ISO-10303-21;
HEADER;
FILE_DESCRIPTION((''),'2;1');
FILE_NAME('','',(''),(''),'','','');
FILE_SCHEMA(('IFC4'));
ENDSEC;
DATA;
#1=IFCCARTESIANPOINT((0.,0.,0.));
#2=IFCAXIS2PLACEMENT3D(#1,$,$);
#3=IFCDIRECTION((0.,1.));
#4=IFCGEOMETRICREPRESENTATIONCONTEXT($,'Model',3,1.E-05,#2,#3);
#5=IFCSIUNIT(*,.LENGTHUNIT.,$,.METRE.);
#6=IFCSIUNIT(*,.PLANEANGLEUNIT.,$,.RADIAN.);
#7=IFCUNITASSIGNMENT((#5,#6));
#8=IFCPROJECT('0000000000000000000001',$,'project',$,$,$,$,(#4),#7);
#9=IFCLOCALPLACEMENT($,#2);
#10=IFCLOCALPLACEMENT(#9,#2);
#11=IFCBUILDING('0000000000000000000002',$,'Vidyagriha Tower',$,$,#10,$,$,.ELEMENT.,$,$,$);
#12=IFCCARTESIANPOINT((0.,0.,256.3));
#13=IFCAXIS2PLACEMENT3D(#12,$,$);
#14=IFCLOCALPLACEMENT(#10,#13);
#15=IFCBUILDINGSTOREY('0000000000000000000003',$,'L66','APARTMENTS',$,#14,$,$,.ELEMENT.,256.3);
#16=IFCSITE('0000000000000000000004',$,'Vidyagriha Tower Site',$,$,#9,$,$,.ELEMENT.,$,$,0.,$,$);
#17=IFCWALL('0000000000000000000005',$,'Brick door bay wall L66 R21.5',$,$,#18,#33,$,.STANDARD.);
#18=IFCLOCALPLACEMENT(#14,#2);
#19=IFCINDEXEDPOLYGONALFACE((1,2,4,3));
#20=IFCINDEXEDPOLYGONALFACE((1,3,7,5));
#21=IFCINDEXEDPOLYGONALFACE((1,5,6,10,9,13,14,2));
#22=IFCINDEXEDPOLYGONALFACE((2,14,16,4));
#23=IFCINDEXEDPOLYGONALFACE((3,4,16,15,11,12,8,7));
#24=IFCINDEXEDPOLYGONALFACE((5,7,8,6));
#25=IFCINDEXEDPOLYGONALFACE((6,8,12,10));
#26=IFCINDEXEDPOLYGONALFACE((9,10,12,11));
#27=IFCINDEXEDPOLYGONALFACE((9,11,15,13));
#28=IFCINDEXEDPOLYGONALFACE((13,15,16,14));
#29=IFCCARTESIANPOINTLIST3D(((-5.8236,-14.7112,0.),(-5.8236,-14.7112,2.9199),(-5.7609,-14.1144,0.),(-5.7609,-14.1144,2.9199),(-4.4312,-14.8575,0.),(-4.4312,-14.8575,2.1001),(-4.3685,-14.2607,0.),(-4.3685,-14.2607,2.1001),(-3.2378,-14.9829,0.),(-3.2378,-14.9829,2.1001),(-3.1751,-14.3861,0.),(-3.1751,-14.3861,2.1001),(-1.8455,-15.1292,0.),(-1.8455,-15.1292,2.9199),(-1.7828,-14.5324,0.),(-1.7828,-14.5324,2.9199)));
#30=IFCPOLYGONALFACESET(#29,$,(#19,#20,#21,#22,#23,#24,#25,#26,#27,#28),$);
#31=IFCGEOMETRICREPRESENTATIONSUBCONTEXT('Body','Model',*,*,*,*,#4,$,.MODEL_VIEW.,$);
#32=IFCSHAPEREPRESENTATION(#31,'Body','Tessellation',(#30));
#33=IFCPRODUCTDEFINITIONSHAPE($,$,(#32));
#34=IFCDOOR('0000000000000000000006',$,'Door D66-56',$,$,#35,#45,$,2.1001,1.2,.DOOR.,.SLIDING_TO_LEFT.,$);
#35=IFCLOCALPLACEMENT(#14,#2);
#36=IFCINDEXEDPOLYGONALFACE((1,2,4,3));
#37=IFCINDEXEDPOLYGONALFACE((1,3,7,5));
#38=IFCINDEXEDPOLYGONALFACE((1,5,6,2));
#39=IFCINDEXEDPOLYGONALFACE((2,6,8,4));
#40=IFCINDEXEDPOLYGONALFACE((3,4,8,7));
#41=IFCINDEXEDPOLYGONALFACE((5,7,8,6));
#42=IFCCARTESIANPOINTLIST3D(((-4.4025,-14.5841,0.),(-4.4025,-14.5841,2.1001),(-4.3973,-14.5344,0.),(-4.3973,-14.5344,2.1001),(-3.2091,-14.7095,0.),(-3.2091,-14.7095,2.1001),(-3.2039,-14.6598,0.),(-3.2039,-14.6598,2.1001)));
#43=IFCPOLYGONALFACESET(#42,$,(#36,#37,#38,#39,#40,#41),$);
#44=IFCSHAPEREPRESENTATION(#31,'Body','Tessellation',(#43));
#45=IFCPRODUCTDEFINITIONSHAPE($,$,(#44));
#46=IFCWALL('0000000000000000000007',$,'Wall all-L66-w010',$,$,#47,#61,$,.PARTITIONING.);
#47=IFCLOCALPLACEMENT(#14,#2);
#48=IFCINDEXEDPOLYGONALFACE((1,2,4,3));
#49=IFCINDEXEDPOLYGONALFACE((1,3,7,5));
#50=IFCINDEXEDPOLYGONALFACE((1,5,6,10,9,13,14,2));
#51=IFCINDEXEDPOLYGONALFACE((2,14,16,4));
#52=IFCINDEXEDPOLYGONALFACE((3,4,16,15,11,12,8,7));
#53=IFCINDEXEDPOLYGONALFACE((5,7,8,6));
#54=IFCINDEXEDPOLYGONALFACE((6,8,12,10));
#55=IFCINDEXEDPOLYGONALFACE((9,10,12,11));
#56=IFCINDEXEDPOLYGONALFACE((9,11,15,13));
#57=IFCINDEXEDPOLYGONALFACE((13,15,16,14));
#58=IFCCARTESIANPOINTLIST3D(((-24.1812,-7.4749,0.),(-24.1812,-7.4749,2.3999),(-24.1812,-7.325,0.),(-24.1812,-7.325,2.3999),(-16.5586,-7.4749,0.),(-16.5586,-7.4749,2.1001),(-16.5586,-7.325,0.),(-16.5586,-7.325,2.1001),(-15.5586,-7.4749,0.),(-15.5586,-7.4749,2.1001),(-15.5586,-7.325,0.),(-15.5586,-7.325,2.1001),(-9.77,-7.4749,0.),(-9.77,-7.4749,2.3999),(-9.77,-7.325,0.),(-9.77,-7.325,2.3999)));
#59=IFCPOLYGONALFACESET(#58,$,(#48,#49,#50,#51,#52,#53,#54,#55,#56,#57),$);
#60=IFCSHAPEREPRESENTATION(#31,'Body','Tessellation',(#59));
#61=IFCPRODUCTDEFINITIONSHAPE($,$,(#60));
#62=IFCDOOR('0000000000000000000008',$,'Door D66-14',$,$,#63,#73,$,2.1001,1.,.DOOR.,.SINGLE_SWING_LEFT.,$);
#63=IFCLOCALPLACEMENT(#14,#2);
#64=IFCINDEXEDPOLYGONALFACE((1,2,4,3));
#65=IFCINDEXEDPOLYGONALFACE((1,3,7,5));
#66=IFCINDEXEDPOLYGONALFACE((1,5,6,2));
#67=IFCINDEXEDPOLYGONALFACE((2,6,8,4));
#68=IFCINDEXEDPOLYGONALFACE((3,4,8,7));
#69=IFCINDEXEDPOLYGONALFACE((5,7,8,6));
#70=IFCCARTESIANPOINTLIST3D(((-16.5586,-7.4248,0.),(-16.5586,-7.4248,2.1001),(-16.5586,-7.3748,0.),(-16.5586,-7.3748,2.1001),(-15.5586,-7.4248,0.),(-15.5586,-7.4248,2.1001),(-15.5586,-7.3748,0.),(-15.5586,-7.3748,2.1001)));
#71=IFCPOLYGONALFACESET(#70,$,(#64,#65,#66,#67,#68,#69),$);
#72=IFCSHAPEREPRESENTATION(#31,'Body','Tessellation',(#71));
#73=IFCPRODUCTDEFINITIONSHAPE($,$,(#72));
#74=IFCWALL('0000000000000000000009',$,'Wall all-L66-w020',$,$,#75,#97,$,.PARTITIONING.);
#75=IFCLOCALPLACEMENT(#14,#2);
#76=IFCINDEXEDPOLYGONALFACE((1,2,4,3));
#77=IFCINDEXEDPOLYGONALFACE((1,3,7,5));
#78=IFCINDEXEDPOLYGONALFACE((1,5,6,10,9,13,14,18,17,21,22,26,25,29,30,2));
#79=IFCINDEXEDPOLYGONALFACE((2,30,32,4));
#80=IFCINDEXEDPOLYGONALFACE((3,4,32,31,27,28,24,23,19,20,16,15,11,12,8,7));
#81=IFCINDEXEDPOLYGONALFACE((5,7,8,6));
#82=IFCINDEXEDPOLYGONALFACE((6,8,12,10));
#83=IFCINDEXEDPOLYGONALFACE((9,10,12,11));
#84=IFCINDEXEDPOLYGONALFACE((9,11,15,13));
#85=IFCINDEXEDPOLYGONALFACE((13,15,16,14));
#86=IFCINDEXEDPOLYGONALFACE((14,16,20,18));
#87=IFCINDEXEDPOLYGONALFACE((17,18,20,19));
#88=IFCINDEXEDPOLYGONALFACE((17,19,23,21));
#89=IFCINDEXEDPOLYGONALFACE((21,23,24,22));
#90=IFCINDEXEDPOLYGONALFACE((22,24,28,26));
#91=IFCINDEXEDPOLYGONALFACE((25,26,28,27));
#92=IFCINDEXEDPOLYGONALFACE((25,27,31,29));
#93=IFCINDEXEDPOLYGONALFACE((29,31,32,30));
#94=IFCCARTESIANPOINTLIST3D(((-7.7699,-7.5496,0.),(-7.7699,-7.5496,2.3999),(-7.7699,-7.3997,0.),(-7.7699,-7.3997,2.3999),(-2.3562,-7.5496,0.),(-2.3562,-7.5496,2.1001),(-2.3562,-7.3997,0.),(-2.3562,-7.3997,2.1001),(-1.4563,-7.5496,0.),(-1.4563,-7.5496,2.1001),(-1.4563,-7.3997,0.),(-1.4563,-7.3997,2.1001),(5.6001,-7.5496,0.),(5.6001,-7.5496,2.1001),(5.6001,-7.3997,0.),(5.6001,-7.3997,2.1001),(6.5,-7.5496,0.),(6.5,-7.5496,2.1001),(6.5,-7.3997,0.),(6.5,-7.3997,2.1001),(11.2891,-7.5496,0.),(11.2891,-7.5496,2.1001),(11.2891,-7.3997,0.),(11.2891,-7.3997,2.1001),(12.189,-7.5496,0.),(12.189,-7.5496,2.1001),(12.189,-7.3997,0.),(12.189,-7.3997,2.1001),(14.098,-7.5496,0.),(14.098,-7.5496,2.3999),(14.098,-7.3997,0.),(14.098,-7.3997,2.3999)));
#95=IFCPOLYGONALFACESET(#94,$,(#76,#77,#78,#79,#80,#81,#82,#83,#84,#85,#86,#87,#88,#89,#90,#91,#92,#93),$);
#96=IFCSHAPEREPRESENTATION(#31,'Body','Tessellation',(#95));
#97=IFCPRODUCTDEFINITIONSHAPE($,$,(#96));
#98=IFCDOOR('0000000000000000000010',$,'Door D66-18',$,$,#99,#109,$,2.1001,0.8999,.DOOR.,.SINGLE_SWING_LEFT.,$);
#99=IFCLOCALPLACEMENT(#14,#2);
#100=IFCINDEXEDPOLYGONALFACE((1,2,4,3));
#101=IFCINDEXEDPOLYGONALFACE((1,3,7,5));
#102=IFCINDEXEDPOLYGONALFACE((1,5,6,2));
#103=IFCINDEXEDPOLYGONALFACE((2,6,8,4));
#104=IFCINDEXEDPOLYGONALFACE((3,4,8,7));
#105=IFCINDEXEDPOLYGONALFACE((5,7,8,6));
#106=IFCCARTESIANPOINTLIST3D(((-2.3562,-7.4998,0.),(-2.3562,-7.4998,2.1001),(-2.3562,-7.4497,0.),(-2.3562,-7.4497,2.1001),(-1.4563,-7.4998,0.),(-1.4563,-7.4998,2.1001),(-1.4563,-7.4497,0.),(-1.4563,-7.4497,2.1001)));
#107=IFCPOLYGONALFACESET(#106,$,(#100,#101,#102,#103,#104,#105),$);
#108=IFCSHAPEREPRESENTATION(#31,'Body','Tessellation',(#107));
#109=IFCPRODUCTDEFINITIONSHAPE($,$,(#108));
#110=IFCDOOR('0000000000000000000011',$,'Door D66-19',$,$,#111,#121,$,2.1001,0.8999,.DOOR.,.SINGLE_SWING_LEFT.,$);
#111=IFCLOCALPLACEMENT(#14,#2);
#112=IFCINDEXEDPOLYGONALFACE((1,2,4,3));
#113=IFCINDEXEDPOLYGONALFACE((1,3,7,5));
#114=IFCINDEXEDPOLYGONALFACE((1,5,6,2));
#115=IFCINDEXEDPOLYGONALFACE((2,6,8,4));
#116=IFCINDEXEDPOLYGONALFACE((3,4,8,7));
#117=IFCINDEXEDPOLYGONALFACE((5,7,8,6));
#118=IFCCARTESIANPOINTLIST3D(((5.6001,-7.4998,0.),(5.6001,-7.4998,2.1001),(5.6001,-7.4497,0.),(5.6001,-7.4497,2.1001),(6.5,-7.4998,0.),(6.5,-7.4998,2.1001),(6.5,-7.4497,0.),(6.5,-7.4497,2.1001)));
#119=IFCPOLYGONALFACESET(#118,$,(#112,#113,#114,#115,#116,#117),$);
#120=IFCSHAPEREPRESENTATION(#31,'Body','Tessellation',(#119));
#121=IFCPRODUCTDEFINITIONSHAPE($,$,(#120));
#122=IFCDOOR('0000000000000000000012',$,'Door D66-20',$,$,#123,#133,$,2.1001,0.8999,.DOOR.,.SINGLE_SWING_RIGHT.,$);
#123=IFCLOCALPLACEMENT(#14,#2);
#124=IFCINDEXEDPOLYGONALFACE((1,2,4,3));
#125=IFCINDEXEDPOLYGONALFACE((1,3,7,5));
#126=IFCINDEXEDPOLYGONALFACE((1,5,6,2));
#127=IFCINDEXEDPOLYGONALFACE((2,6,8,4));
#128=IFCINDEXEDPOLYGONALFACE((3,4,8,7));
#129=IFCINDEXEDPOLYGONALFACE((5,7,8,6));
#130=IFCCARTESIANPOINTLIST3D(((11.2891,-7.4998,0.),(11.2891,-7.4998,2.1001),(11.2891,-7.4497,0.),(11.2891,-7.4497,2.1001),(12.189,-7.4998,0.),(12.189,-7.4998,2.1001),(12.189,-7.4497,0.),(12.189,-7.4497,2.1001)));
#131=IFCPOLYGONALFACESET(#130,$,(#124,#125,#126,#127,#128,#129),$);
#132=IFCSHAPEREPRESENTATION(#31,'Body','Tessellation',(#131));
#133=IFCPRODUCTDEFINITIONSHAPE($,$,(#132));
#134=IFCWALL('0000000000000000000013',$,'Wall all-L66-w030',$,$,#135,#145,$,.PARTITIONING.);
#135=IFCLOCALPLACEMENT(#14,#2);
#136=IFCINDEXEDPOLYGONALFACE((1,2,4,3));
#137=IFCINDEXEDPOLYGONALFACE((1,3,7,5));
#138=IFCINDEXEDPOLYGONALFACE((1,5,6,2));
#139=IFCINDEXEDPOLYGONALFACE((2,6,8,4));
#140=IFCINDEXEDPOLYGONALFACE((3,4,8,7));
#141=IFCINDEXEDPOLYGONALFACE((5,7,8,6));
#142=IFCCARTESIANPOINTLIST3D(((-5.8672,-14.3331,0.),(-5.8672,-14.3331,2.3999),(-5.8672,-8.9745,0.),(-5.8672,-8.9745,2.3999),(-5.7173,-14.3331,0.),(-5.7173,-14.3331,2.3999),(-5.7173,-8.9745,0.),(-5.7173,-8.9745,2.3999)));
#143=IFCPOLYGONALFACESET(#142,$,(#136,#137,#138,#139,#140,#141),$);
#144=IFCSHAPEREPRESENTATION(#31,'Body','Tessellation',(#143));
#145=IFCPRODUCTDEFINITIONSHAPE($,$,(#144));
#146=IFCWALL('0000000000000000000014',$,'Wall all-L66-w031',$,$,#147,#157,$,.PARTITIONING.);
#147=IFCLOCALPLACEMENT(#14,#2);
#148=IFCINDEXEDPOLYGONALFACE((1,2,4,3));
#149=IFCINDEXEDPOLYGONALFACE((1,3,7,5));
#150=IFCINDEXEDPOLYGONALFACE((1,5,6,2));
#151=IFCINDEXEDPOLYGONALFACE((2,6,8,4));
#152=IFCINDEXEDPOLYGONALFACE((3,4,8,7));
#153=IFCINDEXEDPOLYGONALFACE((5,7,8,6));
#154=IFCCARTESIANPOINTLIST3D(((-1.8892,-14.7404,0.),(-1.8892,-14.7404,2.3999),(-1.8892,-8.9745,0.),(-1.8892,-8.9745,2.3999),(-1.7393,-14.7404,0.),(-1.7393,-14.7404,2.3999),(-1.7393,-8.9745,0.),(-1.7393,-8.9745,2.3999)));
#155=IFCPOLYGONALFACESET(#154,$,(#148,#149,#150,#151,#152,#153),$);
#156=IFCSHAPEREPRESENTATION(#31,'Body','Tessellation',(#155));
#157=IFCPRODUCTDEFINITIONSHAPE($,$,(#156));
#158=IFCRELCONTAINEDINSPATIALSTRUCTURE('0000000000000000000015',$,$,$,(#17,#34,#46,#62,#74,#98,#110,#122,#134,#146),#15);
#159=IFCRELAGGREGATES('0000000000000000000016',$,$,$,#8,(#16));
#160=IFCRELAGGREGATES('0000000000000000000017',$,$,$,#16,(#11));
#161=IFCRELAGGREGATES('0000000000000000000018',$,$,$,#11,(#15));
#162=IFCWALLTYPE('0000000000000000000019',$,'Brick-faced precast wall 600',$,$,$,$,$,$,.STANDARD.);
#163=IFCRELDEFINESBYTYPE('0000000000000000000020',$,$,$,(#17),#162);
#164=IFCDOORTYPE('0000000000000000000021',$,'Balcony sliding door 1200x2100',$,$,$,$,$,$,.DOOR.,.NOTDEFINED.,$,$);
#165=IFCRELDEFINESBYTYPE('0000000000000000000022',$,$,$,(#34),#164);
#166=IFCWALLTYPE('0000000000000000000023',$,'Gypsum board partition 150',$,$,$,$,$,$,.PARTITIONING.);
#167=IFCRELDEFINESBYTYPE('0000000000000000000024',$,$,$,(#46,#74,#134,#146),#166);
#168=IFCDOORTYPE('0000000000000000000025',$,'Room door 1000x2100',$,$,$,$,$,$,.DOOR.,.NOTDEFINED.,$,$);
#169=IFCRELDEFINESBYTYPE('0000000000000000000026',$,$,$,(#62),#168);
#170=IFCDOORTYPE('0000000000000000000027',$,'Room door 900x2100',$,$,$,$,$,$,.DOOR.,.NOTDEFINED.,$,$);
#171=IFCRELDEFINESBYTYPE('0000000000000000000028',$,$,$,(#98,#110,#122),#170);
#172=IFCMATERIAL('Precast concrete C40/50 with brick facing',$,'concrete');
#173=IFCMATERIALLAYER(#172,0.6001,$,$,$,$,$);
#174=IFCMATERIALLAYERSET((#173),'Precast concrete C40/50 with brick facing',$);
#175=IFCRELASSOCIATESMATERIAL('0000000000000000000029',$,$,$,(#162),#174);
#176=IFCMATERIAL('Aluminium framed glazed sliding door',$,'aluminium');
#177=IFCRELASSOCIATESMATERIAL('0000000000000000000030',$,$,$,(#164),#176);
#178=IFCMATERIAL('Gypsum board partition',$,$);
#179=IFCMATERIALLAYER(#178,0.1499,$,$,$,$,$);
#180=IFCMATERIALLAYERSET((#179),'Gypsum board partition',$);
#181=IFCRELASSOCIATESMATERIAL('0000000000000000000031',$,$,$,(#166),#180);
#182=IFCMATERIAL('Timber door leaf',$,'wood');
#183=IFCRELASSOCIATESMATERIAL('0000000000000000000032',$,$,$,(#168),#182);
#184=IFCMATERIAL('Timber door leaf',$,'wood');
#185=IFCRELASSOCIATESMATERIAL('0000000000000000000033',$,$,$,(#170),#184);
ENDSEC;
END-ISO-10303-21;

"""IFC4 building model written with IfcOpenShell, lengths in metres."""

from ifc_helpers import new_model, si_unit, direction, frame, frame_2d, origin, place, context, subcontext, project, spatial, rectangle, extrude, material, layer, layer_set, type_object, element, fill, save


model = new_model("IFC4")

# Units and contexts
model_context = context("Model", 3, precision=1e-05, world=origin(), true_north=direction((0.0, 1.0)))
body_context = subcontext(model_context, "Body", "Model", "MODEL_VIEW")
ifc_project = project(units=[si_unit("LENGTHUNIT", "METRE"), si_unit("PLANEANGLEUNIT", "RADIAN")], contexts=[model_context])

# Site, building, storey
site_placement = place(None, origin())
site = spatial("IfcSite", under=ifc_project, at=site_placement, Name="Vidyagriha Tower Site", CompositionType="ELEMENT", RefElevation=0.0)
building_placement = place(site_placement, origin())
building = spatial("IfcBuilding", under=site, at=building_placement, Name="Vidyagriha Tower", CompositionType="ELEMENT")
storey_placement = place(building_placement, frame((0.0, 0.0, 256.3)))
storey = spatial("IfcBuildingStorey", under=building, at=storey_placement, Name="L66", Description="APARTMENTS", CompositionType="ELEMENT", Elevation=256.3)

# Walls, openings, doors
ifc_material_1 = material(Name="Precast concrete C40/50 with brick facing", Category="concrete")
ifc_layer_1 = layer(ifc_material_1, 0.6001)
ifc_layer_set_1 = layer_set([ifc_layer_1], Name="Precast concrete C40/50 with brick facing")
wall_type_1 = type_object("IfcWallType", Name="Brick-faced precast wall 600", PredefinedType="STANDARD", material=ifc_layer_set_1)
wall_1_placement = place(storey_placement, frame((-5.7922, -14.4128, 0.0), z_axis=(0.0, 0.0, 1.0), x_axis=(0.994526, -0.104494, 0.0)))
wall_1 = element("IfcWall", 1, at=wall_1_placement, inside=storey, type_object=wall_type_1, Name="Brick door bay wall L66 R21.5", PredefinedType="STANDARD", context=body_context, shape_type="SweptSolid", body=[
    extrude(rectangle(XDim=4.0, YDim=0.6001, at=frame_2d((2.0, 0.0))), origin(), (0.0, 0.0, 1.0), 2.9199),
])
opening_1_placement = place(wall_1_placement, frame((1.3999, 0.0, 0.0)))
opening_1 = element("IfcOpeningElement", 2, at=opening_1_placement, cuts=wall_1, PredefinedType="OPENING", context=body_context, shape_type="SweptSolid", body=[
    extrude(rectangle(XDim=1.2, YDim=2.1001, at=frame_2d((0.6001, 1.05))), frame((0.0, 0.3101, 0.0), z_axis=(0.0, -1.0, 0.0), x_axis=(1.0, 0.0, 0.0)), (0.0, 0.0, 1.0), 0.6201),
])
ifc_material_2 = material(Name="Aluminium framed glazed sliding door", Category="aluminium")
door_type_1 = type_object("IfcDoorType", Name="Balcony sliding door 1200x2100", OperationType="NOTDEFINED", PredefinedType="DOOR", material=ifc_material_2)
door_1_placement = place(opening_1_placement, origin())
door_1 = element("IfcDoor", 3, at=door_1_placement, inside=storey, type_object=door_type_1, Name="Door D66-56", OperationType="SLIDING_TO_LEFT", OverallHeight=2.1001, OverallWidth=1.2, PredefinedType="DOOR", context=body_context, shape_type="SweptSolid", body=[
    extrude(rectangle(XDim=1.2, YDim=2.1001, at=frame_2d((0.6001, 1.05))), frame((0.0, 0.0249, 0.0), z_axis=(0.0, -1.0, 0.0), x_axis=(1.0, 0.0, 0.0)), (0.0, 0.0, 1.0), 0.05),
])
fill(opening_1, door_1)
ifc_material_3 = material(Name="Gypsum board partition")
ifc_layer_2 = layer(ifc_material_3, 0.1499)
ifc_layer_set_2 = layer_set([ifc_layer_2], Name="Gypsum board partition")
wall_type_2 = type_object("IfcWallType", Name="Gypsum board partition 150", PredefinedType="PARTITIONING", material=ifc_layer_set_2)
wall_2_placement = place(storey_placement, frame((-9.77, -7.3999, 0.0), z_axis=(0.0, 0.0, 1.0), x_axis=(-1.0, 0.0, 0.0)))
wall_2 = element("IfcWall", 4, at=wall_2_placement, inside=storey, type_object=wall_type_2, Name="Wall all-L66-w010", PredefinedType="PARTITIONING", context=body_context, shape_type="SweptSolid", body=[
    extrude(rectangle(XDim=14.4111, YDim=0.1499, at=frame_2d((7.2056, 0.0))), origin(), (0.0, 0.0, 1.0), 2.3999),
])
opening_2_placement = place(wall_2_placement, frame((5.7886, 0.0, 0.0)))
opening_2 = element("IfcOpeningElement", 5, at=opening_2_placement, cuts=wall_2, PredefinedType="OPENING", context=body_context, shape_type="SweptSolid", body=[
    extrude(rectangle(XDim=1.0, YDim=2.1001, at=frame_2d((0.5, 1.05))), frame((0.0, 0.085, 0.0), z_axis=(0.0, -1.0, 0.0), x_axis=(1.0, 0.0, 0.0)), (0.0, 0.0, 1.0), 0.1699),
])
ifc_material_4 = material(Name="Timber door leaf", Category="wood")
door_type_2 = type_object("IfcDoorType", Name="Room door 1000x2100", OperationType="NOTDEFINED", PredefinedType="DOOR", material=ifc_material_4)
door_2_placement = place(opening_2_placement, origin())
door_2 = element("IfcDoor", 6, at=door_2_placement, inside=storey, type_object=door_type_2, Name="Door D66-14", OperationType="SINGLE_SWING_LEFT", OverallHeight=2.1001, OverallWidth=1.0, PredefinedType="DOOR", context=body_context, shape_type="SweptSolid", body=[
    extrude(rectangle(XDim=1.0, YDim=2.1001, at=frame_2d((0.5, 1.05))), frame((0.0, 0.0249, 0.0), z_axis=(0.0, -1.0, 0.0), x_axis=(1.0, 0.0, 0.0)), (0.0, 0.0, 1.0), 0.05),
])
fill(opening_2, door_2)

# Wall, openings, doors
wall_3_placement = place(storey_placement, frame((-7.77, -7.4746, 0.0)))
wall_3 = element("IfcWall", 7, at=wall_3_placement, inside=storey, type_object=wall_type_2, Name="Wall all-L66-w020", PredefinedType="PARTITIONING", context=body_context, shape_type="SweptSolid", body=[
    extrude(rectangle(XDim=21.8679, YDim=0.1499, at=frame_2d((10.9341, 0.0))), origin(), (0.0, 0.0, 1.0), 2.3999),
])
opening_3_placement = place(wall_3_placement, frame((5.4138, 0.0, 0.0)))
opening_3 = element("IfcOpeningElement", 8, at=opening_3_placement, cuts=wall_3, PredefinedType="OPENING", context=body_context, shape_type="SweptSolid", body=[
    extrude(rectangle(XDim=0.8999, YDim=2.1001, at=frame_2d((0.45, 1.05))), frame((0.0, 0.085, 0.0), z_axis=(0.0, -1.0, 0.0), x_axis=(1.0, 0.0, 0.0)), (0.0, 0.0, 1.0), 0.1699),
])
opening_4_placement = place(wall_3_placement, frame((13.3701, 0.0, 0.0)))
opening_4 = element("IfcOpeningElement", 9, at=opening_4_placement, cuts=wall_3, PredefinedType="OPENING", context=body_context, shape_type="SweptSolid", body=[
    extrude(rectangle(XDim=0.8999, YDim=2.1001, at=frame_2d((0.45, 1.05))), frame((0.0, 0.085, 0.0), z_axis=(0.0, -1.0, 0.0), x_axis=(1.0, 0.0, 0.0)), (0.0, 0.0, 1.0), 0.1699),
])
opening_5_placement = place(wall_3_placement, frame((19.0591, 0.0, 0.0)))
opening_5 = element("IfcOpeningElement", 10, at=opening_5_placement, cuts=wall_3, PredefinedType="OPENING", context=body_context, shape_type="SweptSolid", body=[
    extrude(rectangle(XDim=0.8999, YDim=2.1001, at=frame_2d((0.45, 1.05))), frame((0.0, 0.085, 0.0), z_axis=(0.0, -1.0, 0.0), x_axis=(1.0, 0.0, 0.0)), (0.0, 0.0, 1.0), 0.1699),
])
ifc_material_5 = material(Name="Timber door leaf", Category="wood")
door_type_3 = type_object("IfcDoorType", Name="Room door 900x2100", OperationType="NOTDEFINED", PredefinedType="DOOR", material=ifc_material_5)
door_3_placement = place(opening_3_placement, origin())
door_3 = element("IfcDoor", 11, at=door_3_placement, inside=storey, type_object=door_type_3, Name="Door D66-18", OperationType="SINGLE_SWING_LEFT", OverallHeight=2.1001, OverallWidth=0.8999, PredefinedType="DOOR", context=body_context, shape_type="SweptSolid", body=[
    extrude(rectangle(XDim=0.8999, YDim=2.1001, at=frame_2d((0.45, 1.05))), frame((0.0, 0.0249, 0.0), z_axis=(0.0, -1.0, 0.0), x_axis=(1.0, 0.0, 0.0)), (0.0, 0.0, 1.0), 0.05),
])
fill(opening_3, door_3)
door_4_placement = place(opening_4_placement, origin())
door_4 = element("IfcDoor", 12, at=door_4_placement, inside=storey, type_object=door_type_3, Name="Door D66-19", OperationType="SINGLE_SWING_LEFT", OverallHeight=2.1001, OverallWidth=0.8999, PredefinedType="DOOR", context=body_context, shape_type="SweptSolid", body=[
    extrude(rectangle(XDim=0.8999, YDim=2.1001, at=frame_2d((0.45, 1.05))), frame((0.0, 0.0249, 0.0), z_axis=(0.0, -1.0, 0.0), x_axis=(1.0, 0.0, 0.0)), (0.0, 0.0, 1.0), 0.05),
])
fill(opening_4, door_4)
door_5_placement = place(opening_5_placement, origin())
door_5 = element("IfcDoor", 13, at=door_5_placement, inside=storey, type_object=door_type_3, Name="Door D66-20", OperationType="SINGLE_SWING_RIGHT", OverallHeight=2.1001, OverallWidth=0.8999, PredefinedType="DOOR", context=body_context, shape_type="SweptSolid", body=[
    extrude(rectangle(XDim=0.8999, YDim=2.1001, at=frame_2d((0.45, 1.05))), frame((0.0, 0.0249, 0.0), z_axis=(0.0, -1.0, 0.0), x_axis=(1.0, 0.0, 0.0)), (0.0, 0.0, 1.0), 0.05),
])
fill(opening_5, door_5)

# Walls
wall_4_placement = place(storey_placement, frame((-5.7922, -8.9746, 0.0), z_axis=(0.0, 0.0, 1.0), x_axis=(0.0, -1.0, 0.0)))
element("IfcWall", 14, at=wall_4_placement, inside=storey, type_object=wall_type_2, Name="Wall all-L66-w030", PredefinedType="PARTITIONING", context=body_context, shape_type="SweptSolid", body=[
    extrude(rectangle(XDim=5.3586, YDim=0.1499, at=frame_2d((2.6792, 0.0))), origin(), (0.0, 0.0, 1.0), 2.3999),
])
wall_5_placement = place(storey_placement, frame((-1.8142, -8.9746, 0.0), z_axis=(0.0, 0.0, 1.0), x_axis=(0.0, -1.0, 0.0)))
element("IfcWall", 15, at=wall_5_placement, inside=storey, type_object=wall_type_2, Name="Wall all-L66-w031", PredefinedType="PARTITIONING", context=body_context, shape_type="SweptSolid", body=[
    extrude(rectangle(XDim=5.7659, YDim=0.1499, at=frame_2d((2.8828, 0.0))), origin(), (0.0, 0.0, 1.0), 2.3999),
])

save(model, "model.ifc")
